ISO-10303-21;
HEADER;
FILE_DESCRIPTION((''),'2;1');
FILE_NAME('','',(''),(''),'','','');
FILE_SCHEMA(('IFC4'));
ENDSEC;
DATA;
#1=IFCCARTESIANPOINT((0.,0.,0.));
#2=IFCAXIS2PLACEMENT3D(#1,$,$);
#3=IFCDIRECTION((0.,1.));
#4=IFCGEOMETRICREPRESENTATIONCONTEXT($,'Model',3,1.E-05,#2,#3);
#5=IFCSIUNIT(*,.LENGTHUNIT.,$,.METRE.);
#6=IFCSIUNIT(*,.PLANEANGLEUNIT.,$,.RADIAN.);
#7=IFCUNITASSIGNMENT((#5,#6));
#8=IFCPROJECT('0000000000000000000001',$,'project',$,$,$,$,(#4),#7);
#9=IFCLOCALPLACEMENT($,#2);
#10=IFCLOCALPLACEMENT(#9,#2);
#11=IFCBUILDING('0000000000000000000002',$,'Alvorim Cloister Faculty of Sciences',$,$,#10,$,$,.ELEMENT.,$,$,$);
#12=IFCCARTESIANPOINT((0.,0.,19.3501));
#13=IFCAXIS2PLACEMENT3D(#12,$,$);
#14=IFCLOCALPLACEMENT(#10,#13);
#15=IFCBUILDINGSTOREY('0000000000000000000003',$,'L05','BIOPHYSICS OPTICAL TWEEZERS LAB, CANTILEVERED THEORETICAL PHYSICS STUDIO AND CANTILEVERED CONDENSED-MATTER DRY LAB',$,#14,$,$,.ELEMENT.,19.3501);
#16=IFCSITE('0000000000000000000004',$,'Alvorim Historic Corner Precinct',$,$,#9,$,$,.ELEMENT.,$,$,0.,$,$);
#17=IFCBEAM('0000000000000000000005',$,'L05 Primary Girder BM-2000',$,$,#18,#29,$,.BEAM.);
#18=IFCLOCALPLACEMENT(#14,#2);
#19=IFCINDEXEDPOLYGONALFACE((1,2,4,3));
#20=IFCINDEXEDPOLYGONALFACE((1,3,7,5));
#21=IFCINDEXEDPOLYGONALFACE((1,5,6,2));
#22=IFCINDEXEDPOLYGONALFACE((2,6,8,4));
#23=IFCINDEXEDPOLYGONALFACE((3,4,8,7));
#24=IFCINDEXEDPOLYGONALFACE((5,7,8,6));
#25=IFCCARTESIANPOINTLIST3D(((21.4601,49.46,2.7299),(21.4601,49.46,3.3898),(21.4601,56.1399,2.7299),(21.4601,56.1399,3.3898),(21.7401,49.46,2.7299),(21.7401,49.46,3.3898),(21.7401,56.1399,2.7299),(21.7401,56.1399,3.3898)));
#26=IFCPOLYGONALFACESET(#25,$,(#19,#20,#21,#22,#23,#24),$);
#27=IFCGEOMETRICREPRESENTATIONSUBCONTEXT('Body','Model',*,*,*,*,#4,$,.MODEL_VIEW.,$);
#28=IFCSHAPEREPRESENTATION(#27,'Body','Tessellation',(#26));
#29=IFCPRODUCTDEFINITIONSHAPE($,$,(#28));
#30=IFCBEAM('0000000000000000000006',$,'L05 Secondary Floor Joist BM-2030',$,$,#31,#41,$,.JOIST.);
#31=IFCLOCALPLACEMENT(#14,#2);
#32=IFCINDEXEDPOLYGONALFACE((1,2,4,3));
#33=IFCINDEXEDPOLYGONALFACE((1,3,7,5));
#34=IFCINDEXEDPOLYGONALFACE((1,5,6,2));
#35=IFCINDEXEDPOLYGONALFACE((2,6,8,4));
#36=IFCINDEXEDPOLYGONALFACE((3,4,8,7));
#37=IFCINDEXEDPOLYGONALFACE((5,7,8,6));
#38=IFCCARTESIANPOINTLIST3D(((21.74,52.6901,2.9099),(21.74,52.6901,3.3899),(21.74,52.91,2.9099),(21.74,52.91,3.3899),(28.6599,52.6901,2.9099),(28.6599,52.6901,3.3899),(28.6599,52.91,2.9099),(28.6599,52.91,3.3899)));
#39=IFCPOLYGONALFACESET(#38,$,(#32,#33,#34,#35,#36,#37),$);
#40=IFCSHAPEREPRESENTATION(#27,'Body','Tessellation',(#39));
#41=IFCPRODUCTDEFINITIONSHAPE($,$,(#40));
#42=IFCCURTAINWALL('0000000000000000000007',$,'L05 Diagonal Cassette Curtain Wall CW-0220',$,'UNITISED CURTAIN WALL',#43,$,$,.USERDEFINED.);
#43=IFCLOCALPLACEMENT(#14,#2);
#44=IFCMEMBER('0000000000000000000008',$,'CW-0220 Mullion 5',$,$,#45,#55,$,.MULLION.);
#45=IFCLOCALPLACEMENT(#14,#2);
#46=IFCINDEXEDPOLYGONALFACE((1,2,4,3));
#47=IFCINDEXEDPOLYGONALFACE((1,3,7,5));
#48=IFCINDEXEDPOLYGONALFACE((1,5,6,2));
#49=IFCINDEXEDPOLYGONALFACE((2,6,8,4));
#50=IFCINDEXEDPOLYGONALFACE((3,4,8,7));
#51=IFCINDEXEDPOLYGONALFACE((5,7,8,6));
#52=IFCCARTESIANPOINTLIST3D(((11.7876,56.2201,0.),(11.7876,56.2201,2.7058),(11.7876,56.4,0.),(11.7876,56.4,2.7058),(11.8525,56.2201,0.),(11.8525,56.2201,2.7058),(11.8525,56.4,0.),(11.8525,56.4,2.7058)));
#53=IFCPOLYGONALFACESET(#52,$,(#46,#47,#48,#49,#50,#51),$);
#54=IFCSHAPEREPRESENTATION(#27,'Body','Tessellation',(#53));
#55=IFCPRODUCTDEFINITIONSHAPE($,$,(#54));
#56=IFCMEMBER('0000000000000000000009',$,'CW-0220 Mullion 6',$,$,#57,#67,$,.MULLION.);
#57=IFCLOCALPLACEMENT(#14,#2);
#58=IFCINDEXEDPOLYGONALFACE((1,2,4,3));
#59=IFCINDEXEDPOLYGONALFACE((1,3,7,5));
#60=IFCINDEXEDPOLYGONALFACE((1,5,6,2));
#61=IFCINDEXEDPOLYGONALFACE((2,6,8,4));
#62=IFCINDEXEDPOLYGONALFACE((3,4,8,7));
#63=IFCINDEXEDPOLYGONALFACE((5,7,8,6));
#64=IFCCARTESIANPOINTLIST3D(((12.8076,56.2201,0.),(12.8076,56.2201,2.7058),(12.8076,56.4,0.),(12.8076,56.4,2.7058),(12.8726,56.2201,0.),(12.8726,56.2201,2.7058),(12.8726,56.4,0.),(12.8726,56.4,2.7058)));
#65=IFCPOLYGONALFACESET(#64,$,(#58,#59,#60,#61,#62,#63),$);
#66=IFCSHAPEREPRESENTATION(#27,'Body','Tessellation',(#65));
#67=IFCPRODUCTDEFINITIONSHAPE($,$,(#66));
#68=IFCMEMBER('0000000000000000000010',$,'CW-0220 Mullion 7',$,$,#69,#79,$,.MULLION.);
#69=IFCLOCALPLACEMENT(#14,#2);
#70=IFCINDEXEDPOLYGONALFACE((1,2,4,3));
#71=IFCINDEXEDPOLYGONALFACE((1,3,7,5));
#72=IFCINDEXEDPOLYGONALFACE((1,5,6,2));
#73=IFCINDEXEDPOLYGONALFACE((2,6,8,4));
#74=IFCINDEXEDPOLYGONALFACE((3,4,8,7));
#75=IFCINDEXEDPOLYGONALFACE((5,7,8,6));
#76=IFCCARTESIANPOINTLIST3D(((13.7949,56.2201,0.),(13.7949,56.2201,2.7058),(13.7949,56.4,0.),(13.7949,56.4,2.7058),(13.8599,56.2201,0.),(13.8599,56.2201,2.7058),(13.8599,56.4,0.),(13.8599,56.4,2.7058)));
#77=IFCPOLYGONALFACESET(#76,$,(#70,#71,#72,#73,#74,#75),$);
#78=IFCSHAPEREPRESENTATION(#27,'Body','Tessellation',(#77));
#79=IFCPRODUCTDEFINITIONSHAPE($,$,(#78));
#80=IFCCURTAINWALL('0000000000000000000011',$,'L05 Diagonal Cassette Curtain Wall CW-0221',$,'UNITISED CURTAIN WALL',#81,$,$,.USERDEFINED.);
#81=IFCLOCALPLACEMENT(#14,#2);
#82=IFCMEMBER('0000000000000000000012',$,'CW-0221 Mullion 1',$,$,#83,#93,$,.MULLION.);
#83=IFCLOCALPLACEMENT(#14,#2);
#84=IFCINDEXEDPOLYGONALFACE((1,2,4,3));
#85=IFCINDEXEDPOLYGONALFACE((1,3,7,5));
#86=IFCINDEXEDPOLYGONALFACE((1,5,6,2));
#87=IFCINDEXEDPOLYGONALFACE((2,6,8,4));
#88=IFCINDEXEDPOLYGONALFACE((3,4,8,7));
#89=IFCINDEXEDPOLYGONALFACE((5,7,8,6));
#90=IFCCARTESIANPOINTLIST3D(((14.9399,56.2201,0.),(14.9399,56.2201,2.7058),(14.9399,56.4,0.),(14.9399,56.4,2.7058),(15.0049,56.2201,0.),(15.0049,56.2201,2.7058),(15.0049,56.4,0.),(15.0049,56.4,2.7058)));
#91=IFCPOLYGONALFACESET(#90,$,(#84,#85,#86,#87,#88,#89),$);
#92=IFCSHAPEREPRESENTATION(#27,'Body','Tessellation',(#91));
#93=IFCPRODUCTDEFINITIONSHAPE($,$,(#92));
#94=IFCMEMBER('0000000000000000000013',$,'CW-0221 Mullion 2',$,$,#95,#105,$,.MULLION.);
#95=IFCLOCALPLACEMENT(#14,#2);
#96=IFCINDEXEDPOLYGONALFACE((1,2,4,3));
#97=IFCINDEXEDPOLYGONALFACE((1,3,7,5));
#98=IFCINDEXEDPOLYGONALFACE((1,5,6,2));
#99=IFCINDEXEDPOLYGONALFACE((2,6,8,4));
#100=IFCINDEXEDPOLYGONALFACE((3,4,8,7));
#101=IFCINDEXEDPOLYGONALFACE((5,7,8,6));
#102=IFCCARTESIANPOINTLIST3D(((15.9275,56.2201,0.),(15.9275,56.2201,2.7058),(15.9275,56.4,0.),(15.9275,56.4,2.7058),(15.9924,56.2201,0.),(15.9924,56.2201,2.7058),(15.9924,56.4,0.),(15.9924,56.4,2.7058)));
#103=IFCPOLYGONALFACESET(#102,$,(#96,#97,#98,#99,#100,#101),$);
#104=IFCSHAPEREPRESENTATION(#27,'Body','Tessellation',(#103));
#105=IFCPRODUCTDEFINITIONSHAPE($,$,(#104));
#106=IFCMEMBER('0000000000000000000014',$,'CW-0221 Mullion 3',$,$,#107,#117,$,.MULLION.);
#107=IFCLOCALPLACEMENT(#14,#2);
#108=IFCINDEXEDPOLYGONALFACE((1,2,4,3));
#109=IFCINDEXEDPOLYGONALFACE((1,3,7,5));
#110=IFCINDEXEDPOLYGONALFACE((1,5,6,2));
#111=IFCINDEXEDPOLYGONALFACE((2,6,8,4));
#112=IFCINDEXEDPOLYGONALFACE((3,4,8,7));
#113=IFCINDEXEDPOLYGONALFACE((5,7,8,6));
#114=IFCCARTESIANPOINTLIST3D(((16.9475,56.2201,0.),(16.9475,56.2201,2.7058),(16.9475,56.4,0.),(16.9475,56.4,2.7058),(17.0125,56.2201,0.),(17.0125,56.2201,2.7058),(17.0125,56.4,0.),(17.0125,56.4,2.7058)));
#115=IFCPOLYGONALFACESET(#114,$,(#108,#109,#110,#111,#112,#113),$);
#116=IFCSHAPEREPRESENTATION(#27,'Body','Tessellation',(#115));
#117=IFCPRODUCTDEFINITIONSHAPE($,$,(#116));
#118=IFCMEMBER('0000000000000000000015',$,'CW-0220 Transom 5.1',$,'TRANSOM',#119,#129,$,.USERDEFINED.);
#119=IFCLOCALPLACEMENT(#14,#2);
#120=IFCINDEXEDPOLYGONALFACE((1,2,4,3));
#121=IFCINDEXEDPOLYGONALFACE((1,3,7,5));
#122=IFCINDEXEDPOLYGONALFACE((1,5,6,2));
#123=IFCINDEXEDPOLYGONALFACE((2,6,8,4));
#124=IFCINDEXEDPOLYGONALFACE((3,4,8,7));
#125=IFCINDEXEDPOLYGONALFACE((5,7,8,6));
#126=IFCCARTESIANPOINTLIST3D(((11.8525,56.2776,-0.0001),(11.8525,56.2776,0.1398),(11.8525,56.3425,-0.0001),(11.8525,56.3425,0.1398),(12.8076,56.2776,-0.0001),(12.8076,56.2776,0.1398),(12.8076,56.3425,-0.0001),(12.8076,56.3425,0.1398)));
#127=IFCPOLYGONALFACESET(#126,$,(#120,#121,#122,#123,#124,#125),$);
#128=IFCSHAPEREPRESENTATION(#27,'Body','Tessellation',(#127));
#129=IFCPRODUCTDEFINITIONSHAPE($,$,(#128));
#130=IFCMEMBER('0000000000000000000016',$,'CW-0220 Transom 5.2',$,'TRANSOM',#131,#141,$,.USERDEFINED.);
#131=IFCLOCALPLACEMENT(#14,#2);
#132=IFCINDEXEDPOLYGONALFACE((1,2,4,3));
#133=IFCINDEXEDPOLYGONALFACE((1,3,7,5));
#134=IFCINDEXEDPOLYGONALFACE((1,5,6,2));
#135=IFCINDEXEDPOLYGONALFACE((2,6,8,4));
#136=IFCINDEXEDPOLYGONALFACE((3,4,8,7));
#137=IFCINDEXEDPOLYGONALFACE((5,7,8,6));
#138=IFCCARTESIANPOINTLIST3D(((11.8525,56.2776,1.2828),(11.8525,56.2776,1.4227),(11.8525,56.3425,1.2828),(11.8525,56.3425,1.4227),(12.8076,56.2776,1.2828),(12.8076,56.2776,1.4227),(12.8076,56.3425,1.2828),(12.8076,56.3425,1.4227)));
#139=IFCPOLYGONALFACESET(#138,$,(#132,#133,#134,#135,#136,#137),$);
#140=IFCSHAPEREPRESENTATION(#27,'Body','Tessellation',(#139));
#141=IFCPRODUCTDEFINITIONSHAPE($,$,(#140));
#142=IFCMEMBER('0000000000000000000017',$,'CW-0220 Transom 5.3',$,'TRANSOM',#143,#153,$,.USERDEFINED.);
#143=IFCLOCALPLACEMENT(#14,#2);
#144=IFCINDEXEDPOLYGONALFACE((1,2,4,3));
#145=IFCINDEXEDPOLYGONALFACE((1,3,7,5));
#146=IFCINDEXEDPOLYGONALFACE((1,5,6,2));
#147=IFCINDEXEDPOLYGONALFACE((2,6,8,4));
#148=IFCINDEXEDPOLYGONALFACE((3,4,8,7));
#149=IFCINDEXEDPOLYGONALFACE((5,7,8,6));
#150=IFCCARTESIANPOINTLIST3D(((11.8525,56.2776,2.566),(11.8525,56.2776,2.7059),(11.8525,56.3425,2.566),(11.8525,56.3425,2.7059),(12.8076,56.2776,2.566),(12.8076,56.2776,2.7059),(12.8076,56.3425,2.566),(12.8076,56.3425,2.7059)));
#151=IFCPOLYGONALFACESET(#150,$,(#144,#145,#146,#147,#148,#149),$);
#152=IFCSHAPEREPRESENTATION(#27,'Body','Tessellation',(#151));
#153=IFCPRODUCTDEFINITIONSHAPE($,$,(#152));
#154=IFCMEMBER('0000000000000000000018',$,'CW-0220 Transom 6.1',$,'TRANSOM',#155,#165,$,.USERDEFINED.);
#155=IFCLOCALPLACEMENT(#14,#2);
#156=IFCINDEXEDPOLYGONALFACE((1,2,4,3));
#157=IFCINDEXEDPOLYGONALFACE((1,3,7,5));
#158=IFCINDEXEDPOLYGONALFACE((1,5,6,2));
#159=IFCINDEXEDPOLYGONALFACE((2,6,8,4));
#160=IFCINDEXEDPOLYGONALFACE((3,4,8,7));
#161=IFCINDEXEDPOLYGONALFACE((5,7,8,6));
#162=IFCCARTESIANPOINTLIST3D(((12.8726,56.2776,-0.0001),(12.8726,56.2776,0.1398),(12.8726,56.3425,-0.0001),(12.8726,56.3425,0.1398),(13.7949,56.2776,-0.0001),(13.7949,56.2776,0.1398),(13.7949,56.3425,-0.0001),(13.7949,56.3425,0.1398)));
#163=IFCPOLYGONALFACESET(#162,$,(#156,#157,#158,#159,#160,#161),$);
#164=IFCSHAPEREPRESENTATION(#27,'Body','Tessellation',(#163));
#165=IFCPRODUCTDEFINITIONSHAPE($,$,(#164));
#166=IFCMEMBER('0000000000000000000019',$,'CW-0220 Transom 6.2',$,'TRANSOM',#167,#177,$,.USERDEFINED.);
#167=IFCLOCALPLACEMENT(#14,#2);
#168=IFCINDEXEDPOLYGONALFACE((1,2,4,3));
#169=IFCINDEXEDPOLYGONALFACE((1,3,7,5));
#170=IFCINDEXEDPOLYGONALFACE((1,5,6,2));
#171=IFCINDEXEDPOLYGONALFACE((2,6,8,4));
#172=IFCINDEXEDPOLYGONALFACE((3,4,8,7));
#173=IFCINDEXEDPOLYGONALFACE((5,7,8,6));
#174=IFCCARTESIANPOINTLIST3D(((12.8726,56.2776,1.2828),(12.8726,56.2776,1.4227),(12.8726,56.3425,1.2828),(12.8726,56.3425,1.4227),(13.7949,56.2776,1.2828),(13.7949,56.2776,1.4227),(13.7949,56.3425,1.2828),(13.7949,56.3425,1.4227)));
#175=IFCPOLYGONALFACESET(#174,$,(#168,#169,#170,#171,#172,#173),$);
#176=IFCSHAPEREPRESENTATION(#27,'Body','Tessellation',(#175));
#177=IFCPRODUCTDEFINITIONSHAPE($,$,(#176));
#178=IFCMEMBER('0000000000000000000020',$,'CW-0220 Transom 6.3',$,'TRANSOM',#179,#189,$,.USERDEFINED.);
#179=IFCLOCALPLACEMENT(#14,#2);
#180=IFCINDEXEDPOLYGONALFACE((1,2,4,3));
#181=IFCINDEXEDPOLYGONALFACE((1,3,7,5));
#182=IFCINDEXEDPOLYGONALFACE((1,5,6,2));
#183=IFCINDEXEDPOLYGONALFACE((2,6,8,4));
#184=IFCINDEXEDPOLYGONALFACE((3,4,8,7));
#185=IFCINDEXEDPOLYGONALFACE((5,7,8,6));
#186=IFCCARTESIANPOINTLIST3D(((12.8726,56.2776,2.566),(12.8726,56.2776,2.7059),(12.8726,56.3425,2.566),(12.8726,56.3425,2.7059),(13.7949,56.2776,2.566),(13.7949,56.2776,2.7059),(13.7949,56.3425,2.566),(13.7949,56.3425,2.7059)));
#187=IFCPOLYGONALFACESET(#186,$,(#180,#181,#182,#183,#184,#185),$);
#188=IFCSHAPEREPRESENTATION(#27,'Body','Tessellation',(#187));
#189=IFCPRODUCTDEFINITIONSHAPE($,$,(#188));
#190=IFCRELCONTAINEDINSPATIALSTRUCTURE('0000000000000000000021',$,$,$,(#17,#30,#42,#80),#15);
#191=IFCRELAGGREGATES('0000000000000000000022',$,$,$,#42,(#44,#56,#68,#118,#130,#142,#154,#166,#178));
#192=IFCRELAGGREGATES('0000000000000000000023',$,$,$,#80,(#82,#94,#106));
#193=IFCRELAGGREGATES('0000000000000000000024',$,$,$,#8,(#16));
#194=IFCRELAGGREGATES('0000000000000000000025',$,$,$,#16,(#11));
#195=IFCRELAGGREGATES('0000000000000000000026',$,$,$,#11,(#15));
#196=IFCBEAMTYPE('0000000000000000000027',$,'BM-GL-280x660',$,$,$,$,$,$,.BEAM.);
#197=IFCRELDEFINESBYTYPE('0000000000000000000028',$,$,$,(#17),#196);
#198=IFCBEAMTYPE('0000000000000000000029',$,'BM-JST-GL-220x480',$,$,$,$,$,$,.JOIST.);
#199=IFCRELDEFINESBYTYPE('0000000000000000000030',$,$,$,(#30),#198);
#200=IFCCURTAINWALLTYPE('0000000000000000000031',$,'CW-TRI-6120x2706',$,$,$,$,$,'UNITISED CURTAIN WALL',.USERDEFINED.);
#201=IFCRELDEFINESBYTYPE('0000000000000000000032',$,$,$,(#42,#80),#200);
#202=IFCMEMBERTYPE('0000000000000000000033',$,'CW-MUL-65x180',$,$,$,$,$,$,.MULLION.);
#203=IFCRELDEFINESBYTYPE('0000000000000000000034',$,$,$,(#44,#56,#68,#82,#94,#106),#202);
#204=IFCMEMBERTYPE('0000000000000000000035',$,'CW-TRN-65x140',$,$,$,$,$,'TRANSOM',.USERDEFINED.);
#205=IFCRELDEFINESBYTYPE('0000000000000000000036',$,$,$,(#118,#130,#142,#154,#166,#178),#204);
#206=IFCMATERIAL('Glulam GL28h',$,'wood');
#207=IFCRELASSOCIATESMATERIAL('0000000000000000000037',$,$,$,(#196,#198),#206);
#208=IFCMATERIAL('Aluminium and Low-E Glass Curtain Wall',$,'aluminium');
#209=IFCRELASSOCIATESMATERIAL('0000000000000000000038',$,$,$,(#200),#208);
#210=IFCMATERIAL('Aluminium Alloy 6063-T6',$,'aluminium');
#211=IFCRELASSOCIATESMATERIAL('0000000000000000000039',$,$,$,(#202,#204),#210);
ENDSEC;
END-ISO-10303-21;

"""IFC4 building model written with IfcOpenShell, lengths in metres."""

from ifc_helpers import new_model, si_unit, direction, frame, origin, origin_2d, place, context, subcontext, project, spatial, rectangle, extrude, material, material_profile, profile_set, type_object, element, aggregate, save


model = new_model("IFC4")

# Units and contexts
model_context = context("Model", 3, precision=1e-05, world=origin(), true_north=direction((0.0, 1.0)))
body_context = subcontext(model_context, "Body", "Model", "MODEL_VIEW")
ifc_project = project(units=[si_unit("LENGTHUNIT", "METRE"), si_unit("PLANEANGLEUNIT", "RADIAN")], contexts=[model_context])

# Site, building, storey
site_placement = place(None, origin())
site = spatial("IfcSite", under=ifc_project, at=site_placement, Name="Alvorim Historic Corner Precinct", CompositionType="ELEMENT", RefElevation=0.0)
building_placement = place(site_placement, origin())
building = spatial("IfcBuilding", under=site, at=building_placement, Name="Alvorim Cloister Faculty of Sciences", CompositionType="ELEMENT")
storey_placement = place(building_placement, frame((0.0, 0.0, 19.3501)))
storey = spatial("IfcBuildingStorey", under=building, at=storey_placement, Name="L05", Description="BIOPHYSICS OPTICAL TWEEZERS LAB, CANTILEVERED THEORETICAL PHYSICS STUDIO AND CANTILEVERED CONDENSED-MATTER DRY LAB", CompositionType="ELEMENT", Elevation=19.3501)

# Beams
ifc_material_1 = material(Name="Glulam GL28h", Category="wood")
ifc_material_profile_1 = material_profile(ifc_material_1, rectangle(XDim=0.28, YDim=0.6599, at=origin_2d()), Name="GL28-BM-280x660")
ifc_profile_set_1 = profile_set([ifc_material_profile_1], Name="Glulam GL28h")
beam_type_1 = type_object("IfcBeamType", Name="BM-GL-280x660", PredefinedType="BEAM", material=ifc_profile_set_1)
beam_1_placement = place(storey_placement, frame((21.6001, 49.46, 3.0598), z_axis=(0.0, 1.0, 0.0), x_axis=(-1.0, 0.0, 0.0)))
element("IfcBeam", 1, at=beam_1_placement, inside=storey, type_object=beam_type_1, Name="L05 Primary Girder BM-2000", PredefinedType="BEAM", context=body_context, shape_type="SweptSolid", body=[
    extrude(rectangle(XDim=0.28, YDim=0.6599, at=origin_2d()), origin(), (0.0, 0.0, 1.0), 6.6799),
])
ifc_material_profile_2 = material_profile(ifc_material_1, rectangle(XDim=0.22, YDim=0.48, at=origin_2d()), Name="GL28-JST-220x480")
ifc_profile_set_2 = profile_set([ifc_material_profile_2], Name="Glulam GL28h")
beam_type_2 = type_object("IfcBeamType", Name="BM-JST-GL-220x480", PredefinedType="JOIST", material=ifc_profile_set_2)
beam_2_placement = place(storey_placement, frame((21.74, 52.8, 3.1499), z_axis=(1.0, 0.0, 0.0), x_axis=(0.0, 1.0, 0.0)))
element("IfcBeam", 2, at=beam_2_placement, inside=storey, type_object=beam_type_2, Name="L05 Secondary Floor Joist BM-2030", PredefinedType="JOIST", context=body_context, shape_type="SweptSolid", body=[
    extrude(rectangle(XDim=0.22, YDim=0.48, at=origin_2d()), origin(), (0.0, 0.0, 1.0), 6.9199),
])

# Curtain walls, members
ifc_material_2 = material(Name="Aluminium and Low-E Glass Curtain Wall", Category="aluminium")
curtain_wall_type = type_object("IfcCurtainWallType", Name="CW-TRI-6120x2706", ElementType="UNITISED CURTAIN WALL", PredefinedType="USERDEFINED", material=ifc_material_2)
curtain_wall_1_placement = place(storey_placement, origin())
curtain_wall_1 = element("IfcCurtainWall", 3, at=curtain_wall_1_placement, inside=storey, type_object=curtain_wall_type, Name="L05 Diagonal Cassette Curtain Wall CW-0220", ObjectType="UNITISED CURTAIN WALL", PredefinedType="USERDEFINED")
ifc_material_3 = material(Name="Aluminium Alloy 6063-T6", Category="aluminium")
ifc_material_profile_3 = material_profile(ifc_material_3, rectangle(XDim=0.0649, YDim=0.1799, at=origin_2d()), Name="ALU-MUL-65x180")
ifc_profile_set_3 = profile_set([ifc_material_profile_3], Name="Aluminium Alloy 6063-T6")
member_type_1 = type_object("IfcMemberType", Name="CW-MUL-65x180", PredefinedType="MULLION", material=ifc_profile_set_3)
member_1_placement = place(storey_placement, frame((11.8201, 56.3101, 0.0), z_axis=(0.0, 0.0, 1.0), x_axis=(1.0, 0.0, 0.0)))
member_1 = element("IfcMember", 4, at=member_1_placement, type_object=member_type_1, Name="CW-0220 Mullion 5", PredefinedType="MULLION", context=body_context, shape_type="SweptSolid", body=[
    extrude(rectangle(XDim=0.0649, YDim=0.1799, at=origin_2d()), origin(), (0.0, 0.0, 1.0), 2.7058),
])
member_2_placement = place(storey_placement, frame((12.8401, 56.3101, 0.0), z_axis=(0.0, 0.0, 1.0), x_axis=(1.0, 0.0, 0.0)))
member_2 = element("IfcMember", 5, at=member_2_placement, type_object=member_type_1, Name="CW-0220 Mullion 6", PredefinedType="MULLION", context=body_context, shape_type="SweptSolid", body=[
    extrude(rectangle(XDim=0.0649, YDim=0.1799, at=origin_2d()), origin(), (0.0, 0.0, 1.0), 2.7058),
])
member_3_placement = place(storey_placement, frame((13.8274, 56.3101, 0.0), z_axis=(0.0, 0.0, 1.0), x_axis=(1.0, 0.0, 0.0)))
member_3 = element("IfcMember", 6, at=member_3_placement, type_object=member_type_1, Name="CW-0220 Mullion 7", PredefinedType="MULLION", context=body_context, shape_type="SweptSolid", body=[
    extrude(rectangle(XDim=0.0649, YDim=0.1799, at=origin_2d()), origin(), (0.0, 0.0, 1.0), 2.7058),
])
curtain_wall_2_placement = place(storey_placement, origin())
curtain_wall_2 = element("IfcCurtainWall", 7, at=curtain_wall_2_placement, inside=storey, type_object=curtain_wall_type, Name="L05 Diagonal Cassette Curtain Wall CW-0221", ObjectType="UNITISED CURTAIN WALL", PredefinedType="USERDEFINED")
member_4_placement = place(storey_placement, frame((14.9724, 56.3101, 0.0), z_axis=(0.0, 0.0, 1.0), x_axis=(1.0, 0.0, 0.0)))
member_4 = element("IfcMember", 8, at=member_4_placement, type_object=member_type_1, Name="CW-0221 Mullion 1", PredefinedType="MULLION", context=body_context, shape_type="SweptSolid", body=[
    extrude(rectangle(XDim=0.0649, YDim=0.1799, at=origin_2d()), origin(), (0.0, 0.0, 1.0), 2.7058),
])
member_5_placement = place(storey_placement, frame((15.96, 56.3101, 0.0), z_axis=(0.0, 0.0, 1.0), x_axis=(1.0, 0.0, 0.0)))
member_5 = element("IfcMember", 9, at=member_5_placement, type_object=member_type_1, Name="CW-0221 Mullion 2", PredefinedType="MULLION", context=body_context, shape_type="SweptSolid", body=[
    extrude(rectangle(XDim=0.0649, YDim=0.1799, at=origin_2d()), origin(), (0.0, 0.0, 1.0), 2.7058),
])
member_6_placement = place(storey_placement, frame((16.98, 56.3101, 0.0), z_axis=(0.0, 0.0, 1.0), x_axis=(1.0, 0.0, 0.0)))
member_6 = element("IfcMember", 10, at=member_6_placement, type_object=member_type_1, Name="CW-0221 Mullion 3", PredefinedType="MULLION", context=body_context, shape_type="SweptSolid", body=[
    extrude(rectangle(XDim=0.0649, YDim=0.1799, at=origin_2d()), origin(), (0.0, 0.0, 1.0), 2.7058),
])

# Members
ifc_material_profile_4 = material_profile(ifc_material_3, rectangle(XDim=0.0649, YDim=0.1399, at=origin_2d()), Name="ALU-TRN-65x140")
ifc_profile_set_4 = profile_set([ifc_material_profile_4], Name="Aluminium Alloy 6063-T6")
member_type_2 = type_object("IfcMemberType", Name="CW-TRN-65x140", ElementType="TRANSOM", PredefinedType="USERDEFINED", material=ifc_profile_set_4)
member_7_placement = place(storey_placement, frame((11.8525, 56.3101, 0.0698), z_axis=(1.0, 0.0, 0.0), x_axis=(0.0, 1.0, 0.0)))
member_7 = element("IfcMember", 11, at=member_7_placement, type_object=member_type_2, Name="CW-0220 Transom 5.1", ObjectType="TRANSOM", PredefinedType="USERDEFINED", context=body_context, shape_type="SweptSolid", body=[
    extrude(rectangle(XDim=0.0649, YDim=0.1399, at=origin_2d()), origin(), (0.0, 0.0, 1.0), 0.9551),
])
member_8_placement = place(storey_placement, frame((11.8525, 56.3101, 1.3528), z_axis=(1.0, 0.0, 0.0), x_axis=(0.0, 1.0, 0.0)))
member_8 = element("IfcMember", 12, at=member_8_placement, type_object=member_type_2, Name="CW-0220 Transom 5.2", ObjectType="TRANSOM", PredefinedType="USERDEFINED", context=body_context, shape_type="SweptSolid", body=[
    extrude(rectangle(XDim=0.0649, YDim=0.1399, at=origin_2d()), origin(), (0.0, 0.0, 1.0), 0.9551),
])
member_9_placement = place(storey_placement, frame((11.8525, 56.3101, 2.636), z_axis=(1.0, 0.0, 0.0), x_axis=(0.0, 1.0, 0.0)))
member_9 = element("IfcMember", 13, at=member_9_placement, type_object=member_type_2, Name="CW-0220 Transom 5.3", ObjectType="TRANSOM", PredefinedType="USERDEFINED", context=body_context, shape_type="SweptSolid", body=[
    extrude(rectangle(XDim=0.0649, YDim=0.1399, at=origin_2d()), origin(), (0.0, 0.0, 1.0), 0.9551),
])
member_10_placement = place(storey_placement, frame((12.8726, 56.3101, 0.0698), z_axis=(1.0, 0.0, 0.0), x_axis=(0.0, 1.0, 0.0)))
member_10 = element("IfcMember", 14, at=member_10_placement, type_object=member_type_2, Name="CW-0220 Transom 6.1", ObjectType="TRANSOM", PredefinedType="USERDEFINED", context=body_context, shape_type="SweptSolid", body=[
    extrude(rectangle(XDim=0.0649, YDim=0.1399, at=origin_2d()), origin(), (0.0, 0.0, 1.0), 0.9224),
])
member_11_placement = place(storey_placement, frame((12.8726, 56.3101, 1.3528), z_axis=(1.0, 0.0, 0.0), x_axis=(0.0, 1.0, 0.0)))
member_11 = element("IfcMember", 15, at=member_11_placement, type_object=member_type_2, Name="CW-0220 Transom 6.2", ObjectType="TRANSOM", PredefinedType="USERDEFINED", context=body_context, shape_type="SweptSolid", body=[
    extrude(rectangle(XDim=0.0649, YDim=0.1399, at=origin_2d()), origin(), (0.0, 0.0, 1.0), 0.9224),
])
member_12_placement = place(storey_placement, frame((12.8726, 56.3101, 2.636), z_axis=(1.0, 0.0, 0.0), x_axis=(0.0, 1.0, 0.0)))
member_12 = element("IfcMember", 16, at=member_12_placement, type_object=member_type_2, Name="CW-0220 Transom 6.3", ObjectType="TRANSOM", PredefinedType="USERDEFINED", context=body_context, shape_type="SweptSolid", body=[
    extrude(rectangle(XDim=0.0649, YDim=0.1399, at=origin_2d()), origin(), (0.0, 0.0, 1.0), 0.9224),
])
aggregate(curtain_wall_1, [member_1, member_2, member_3, member_7, member_8, member_9, member_10, member_11, member_12])
aggregate(curtain_wall_2, [member_4, member_5, member_6])

save(model, "model.ifc")
